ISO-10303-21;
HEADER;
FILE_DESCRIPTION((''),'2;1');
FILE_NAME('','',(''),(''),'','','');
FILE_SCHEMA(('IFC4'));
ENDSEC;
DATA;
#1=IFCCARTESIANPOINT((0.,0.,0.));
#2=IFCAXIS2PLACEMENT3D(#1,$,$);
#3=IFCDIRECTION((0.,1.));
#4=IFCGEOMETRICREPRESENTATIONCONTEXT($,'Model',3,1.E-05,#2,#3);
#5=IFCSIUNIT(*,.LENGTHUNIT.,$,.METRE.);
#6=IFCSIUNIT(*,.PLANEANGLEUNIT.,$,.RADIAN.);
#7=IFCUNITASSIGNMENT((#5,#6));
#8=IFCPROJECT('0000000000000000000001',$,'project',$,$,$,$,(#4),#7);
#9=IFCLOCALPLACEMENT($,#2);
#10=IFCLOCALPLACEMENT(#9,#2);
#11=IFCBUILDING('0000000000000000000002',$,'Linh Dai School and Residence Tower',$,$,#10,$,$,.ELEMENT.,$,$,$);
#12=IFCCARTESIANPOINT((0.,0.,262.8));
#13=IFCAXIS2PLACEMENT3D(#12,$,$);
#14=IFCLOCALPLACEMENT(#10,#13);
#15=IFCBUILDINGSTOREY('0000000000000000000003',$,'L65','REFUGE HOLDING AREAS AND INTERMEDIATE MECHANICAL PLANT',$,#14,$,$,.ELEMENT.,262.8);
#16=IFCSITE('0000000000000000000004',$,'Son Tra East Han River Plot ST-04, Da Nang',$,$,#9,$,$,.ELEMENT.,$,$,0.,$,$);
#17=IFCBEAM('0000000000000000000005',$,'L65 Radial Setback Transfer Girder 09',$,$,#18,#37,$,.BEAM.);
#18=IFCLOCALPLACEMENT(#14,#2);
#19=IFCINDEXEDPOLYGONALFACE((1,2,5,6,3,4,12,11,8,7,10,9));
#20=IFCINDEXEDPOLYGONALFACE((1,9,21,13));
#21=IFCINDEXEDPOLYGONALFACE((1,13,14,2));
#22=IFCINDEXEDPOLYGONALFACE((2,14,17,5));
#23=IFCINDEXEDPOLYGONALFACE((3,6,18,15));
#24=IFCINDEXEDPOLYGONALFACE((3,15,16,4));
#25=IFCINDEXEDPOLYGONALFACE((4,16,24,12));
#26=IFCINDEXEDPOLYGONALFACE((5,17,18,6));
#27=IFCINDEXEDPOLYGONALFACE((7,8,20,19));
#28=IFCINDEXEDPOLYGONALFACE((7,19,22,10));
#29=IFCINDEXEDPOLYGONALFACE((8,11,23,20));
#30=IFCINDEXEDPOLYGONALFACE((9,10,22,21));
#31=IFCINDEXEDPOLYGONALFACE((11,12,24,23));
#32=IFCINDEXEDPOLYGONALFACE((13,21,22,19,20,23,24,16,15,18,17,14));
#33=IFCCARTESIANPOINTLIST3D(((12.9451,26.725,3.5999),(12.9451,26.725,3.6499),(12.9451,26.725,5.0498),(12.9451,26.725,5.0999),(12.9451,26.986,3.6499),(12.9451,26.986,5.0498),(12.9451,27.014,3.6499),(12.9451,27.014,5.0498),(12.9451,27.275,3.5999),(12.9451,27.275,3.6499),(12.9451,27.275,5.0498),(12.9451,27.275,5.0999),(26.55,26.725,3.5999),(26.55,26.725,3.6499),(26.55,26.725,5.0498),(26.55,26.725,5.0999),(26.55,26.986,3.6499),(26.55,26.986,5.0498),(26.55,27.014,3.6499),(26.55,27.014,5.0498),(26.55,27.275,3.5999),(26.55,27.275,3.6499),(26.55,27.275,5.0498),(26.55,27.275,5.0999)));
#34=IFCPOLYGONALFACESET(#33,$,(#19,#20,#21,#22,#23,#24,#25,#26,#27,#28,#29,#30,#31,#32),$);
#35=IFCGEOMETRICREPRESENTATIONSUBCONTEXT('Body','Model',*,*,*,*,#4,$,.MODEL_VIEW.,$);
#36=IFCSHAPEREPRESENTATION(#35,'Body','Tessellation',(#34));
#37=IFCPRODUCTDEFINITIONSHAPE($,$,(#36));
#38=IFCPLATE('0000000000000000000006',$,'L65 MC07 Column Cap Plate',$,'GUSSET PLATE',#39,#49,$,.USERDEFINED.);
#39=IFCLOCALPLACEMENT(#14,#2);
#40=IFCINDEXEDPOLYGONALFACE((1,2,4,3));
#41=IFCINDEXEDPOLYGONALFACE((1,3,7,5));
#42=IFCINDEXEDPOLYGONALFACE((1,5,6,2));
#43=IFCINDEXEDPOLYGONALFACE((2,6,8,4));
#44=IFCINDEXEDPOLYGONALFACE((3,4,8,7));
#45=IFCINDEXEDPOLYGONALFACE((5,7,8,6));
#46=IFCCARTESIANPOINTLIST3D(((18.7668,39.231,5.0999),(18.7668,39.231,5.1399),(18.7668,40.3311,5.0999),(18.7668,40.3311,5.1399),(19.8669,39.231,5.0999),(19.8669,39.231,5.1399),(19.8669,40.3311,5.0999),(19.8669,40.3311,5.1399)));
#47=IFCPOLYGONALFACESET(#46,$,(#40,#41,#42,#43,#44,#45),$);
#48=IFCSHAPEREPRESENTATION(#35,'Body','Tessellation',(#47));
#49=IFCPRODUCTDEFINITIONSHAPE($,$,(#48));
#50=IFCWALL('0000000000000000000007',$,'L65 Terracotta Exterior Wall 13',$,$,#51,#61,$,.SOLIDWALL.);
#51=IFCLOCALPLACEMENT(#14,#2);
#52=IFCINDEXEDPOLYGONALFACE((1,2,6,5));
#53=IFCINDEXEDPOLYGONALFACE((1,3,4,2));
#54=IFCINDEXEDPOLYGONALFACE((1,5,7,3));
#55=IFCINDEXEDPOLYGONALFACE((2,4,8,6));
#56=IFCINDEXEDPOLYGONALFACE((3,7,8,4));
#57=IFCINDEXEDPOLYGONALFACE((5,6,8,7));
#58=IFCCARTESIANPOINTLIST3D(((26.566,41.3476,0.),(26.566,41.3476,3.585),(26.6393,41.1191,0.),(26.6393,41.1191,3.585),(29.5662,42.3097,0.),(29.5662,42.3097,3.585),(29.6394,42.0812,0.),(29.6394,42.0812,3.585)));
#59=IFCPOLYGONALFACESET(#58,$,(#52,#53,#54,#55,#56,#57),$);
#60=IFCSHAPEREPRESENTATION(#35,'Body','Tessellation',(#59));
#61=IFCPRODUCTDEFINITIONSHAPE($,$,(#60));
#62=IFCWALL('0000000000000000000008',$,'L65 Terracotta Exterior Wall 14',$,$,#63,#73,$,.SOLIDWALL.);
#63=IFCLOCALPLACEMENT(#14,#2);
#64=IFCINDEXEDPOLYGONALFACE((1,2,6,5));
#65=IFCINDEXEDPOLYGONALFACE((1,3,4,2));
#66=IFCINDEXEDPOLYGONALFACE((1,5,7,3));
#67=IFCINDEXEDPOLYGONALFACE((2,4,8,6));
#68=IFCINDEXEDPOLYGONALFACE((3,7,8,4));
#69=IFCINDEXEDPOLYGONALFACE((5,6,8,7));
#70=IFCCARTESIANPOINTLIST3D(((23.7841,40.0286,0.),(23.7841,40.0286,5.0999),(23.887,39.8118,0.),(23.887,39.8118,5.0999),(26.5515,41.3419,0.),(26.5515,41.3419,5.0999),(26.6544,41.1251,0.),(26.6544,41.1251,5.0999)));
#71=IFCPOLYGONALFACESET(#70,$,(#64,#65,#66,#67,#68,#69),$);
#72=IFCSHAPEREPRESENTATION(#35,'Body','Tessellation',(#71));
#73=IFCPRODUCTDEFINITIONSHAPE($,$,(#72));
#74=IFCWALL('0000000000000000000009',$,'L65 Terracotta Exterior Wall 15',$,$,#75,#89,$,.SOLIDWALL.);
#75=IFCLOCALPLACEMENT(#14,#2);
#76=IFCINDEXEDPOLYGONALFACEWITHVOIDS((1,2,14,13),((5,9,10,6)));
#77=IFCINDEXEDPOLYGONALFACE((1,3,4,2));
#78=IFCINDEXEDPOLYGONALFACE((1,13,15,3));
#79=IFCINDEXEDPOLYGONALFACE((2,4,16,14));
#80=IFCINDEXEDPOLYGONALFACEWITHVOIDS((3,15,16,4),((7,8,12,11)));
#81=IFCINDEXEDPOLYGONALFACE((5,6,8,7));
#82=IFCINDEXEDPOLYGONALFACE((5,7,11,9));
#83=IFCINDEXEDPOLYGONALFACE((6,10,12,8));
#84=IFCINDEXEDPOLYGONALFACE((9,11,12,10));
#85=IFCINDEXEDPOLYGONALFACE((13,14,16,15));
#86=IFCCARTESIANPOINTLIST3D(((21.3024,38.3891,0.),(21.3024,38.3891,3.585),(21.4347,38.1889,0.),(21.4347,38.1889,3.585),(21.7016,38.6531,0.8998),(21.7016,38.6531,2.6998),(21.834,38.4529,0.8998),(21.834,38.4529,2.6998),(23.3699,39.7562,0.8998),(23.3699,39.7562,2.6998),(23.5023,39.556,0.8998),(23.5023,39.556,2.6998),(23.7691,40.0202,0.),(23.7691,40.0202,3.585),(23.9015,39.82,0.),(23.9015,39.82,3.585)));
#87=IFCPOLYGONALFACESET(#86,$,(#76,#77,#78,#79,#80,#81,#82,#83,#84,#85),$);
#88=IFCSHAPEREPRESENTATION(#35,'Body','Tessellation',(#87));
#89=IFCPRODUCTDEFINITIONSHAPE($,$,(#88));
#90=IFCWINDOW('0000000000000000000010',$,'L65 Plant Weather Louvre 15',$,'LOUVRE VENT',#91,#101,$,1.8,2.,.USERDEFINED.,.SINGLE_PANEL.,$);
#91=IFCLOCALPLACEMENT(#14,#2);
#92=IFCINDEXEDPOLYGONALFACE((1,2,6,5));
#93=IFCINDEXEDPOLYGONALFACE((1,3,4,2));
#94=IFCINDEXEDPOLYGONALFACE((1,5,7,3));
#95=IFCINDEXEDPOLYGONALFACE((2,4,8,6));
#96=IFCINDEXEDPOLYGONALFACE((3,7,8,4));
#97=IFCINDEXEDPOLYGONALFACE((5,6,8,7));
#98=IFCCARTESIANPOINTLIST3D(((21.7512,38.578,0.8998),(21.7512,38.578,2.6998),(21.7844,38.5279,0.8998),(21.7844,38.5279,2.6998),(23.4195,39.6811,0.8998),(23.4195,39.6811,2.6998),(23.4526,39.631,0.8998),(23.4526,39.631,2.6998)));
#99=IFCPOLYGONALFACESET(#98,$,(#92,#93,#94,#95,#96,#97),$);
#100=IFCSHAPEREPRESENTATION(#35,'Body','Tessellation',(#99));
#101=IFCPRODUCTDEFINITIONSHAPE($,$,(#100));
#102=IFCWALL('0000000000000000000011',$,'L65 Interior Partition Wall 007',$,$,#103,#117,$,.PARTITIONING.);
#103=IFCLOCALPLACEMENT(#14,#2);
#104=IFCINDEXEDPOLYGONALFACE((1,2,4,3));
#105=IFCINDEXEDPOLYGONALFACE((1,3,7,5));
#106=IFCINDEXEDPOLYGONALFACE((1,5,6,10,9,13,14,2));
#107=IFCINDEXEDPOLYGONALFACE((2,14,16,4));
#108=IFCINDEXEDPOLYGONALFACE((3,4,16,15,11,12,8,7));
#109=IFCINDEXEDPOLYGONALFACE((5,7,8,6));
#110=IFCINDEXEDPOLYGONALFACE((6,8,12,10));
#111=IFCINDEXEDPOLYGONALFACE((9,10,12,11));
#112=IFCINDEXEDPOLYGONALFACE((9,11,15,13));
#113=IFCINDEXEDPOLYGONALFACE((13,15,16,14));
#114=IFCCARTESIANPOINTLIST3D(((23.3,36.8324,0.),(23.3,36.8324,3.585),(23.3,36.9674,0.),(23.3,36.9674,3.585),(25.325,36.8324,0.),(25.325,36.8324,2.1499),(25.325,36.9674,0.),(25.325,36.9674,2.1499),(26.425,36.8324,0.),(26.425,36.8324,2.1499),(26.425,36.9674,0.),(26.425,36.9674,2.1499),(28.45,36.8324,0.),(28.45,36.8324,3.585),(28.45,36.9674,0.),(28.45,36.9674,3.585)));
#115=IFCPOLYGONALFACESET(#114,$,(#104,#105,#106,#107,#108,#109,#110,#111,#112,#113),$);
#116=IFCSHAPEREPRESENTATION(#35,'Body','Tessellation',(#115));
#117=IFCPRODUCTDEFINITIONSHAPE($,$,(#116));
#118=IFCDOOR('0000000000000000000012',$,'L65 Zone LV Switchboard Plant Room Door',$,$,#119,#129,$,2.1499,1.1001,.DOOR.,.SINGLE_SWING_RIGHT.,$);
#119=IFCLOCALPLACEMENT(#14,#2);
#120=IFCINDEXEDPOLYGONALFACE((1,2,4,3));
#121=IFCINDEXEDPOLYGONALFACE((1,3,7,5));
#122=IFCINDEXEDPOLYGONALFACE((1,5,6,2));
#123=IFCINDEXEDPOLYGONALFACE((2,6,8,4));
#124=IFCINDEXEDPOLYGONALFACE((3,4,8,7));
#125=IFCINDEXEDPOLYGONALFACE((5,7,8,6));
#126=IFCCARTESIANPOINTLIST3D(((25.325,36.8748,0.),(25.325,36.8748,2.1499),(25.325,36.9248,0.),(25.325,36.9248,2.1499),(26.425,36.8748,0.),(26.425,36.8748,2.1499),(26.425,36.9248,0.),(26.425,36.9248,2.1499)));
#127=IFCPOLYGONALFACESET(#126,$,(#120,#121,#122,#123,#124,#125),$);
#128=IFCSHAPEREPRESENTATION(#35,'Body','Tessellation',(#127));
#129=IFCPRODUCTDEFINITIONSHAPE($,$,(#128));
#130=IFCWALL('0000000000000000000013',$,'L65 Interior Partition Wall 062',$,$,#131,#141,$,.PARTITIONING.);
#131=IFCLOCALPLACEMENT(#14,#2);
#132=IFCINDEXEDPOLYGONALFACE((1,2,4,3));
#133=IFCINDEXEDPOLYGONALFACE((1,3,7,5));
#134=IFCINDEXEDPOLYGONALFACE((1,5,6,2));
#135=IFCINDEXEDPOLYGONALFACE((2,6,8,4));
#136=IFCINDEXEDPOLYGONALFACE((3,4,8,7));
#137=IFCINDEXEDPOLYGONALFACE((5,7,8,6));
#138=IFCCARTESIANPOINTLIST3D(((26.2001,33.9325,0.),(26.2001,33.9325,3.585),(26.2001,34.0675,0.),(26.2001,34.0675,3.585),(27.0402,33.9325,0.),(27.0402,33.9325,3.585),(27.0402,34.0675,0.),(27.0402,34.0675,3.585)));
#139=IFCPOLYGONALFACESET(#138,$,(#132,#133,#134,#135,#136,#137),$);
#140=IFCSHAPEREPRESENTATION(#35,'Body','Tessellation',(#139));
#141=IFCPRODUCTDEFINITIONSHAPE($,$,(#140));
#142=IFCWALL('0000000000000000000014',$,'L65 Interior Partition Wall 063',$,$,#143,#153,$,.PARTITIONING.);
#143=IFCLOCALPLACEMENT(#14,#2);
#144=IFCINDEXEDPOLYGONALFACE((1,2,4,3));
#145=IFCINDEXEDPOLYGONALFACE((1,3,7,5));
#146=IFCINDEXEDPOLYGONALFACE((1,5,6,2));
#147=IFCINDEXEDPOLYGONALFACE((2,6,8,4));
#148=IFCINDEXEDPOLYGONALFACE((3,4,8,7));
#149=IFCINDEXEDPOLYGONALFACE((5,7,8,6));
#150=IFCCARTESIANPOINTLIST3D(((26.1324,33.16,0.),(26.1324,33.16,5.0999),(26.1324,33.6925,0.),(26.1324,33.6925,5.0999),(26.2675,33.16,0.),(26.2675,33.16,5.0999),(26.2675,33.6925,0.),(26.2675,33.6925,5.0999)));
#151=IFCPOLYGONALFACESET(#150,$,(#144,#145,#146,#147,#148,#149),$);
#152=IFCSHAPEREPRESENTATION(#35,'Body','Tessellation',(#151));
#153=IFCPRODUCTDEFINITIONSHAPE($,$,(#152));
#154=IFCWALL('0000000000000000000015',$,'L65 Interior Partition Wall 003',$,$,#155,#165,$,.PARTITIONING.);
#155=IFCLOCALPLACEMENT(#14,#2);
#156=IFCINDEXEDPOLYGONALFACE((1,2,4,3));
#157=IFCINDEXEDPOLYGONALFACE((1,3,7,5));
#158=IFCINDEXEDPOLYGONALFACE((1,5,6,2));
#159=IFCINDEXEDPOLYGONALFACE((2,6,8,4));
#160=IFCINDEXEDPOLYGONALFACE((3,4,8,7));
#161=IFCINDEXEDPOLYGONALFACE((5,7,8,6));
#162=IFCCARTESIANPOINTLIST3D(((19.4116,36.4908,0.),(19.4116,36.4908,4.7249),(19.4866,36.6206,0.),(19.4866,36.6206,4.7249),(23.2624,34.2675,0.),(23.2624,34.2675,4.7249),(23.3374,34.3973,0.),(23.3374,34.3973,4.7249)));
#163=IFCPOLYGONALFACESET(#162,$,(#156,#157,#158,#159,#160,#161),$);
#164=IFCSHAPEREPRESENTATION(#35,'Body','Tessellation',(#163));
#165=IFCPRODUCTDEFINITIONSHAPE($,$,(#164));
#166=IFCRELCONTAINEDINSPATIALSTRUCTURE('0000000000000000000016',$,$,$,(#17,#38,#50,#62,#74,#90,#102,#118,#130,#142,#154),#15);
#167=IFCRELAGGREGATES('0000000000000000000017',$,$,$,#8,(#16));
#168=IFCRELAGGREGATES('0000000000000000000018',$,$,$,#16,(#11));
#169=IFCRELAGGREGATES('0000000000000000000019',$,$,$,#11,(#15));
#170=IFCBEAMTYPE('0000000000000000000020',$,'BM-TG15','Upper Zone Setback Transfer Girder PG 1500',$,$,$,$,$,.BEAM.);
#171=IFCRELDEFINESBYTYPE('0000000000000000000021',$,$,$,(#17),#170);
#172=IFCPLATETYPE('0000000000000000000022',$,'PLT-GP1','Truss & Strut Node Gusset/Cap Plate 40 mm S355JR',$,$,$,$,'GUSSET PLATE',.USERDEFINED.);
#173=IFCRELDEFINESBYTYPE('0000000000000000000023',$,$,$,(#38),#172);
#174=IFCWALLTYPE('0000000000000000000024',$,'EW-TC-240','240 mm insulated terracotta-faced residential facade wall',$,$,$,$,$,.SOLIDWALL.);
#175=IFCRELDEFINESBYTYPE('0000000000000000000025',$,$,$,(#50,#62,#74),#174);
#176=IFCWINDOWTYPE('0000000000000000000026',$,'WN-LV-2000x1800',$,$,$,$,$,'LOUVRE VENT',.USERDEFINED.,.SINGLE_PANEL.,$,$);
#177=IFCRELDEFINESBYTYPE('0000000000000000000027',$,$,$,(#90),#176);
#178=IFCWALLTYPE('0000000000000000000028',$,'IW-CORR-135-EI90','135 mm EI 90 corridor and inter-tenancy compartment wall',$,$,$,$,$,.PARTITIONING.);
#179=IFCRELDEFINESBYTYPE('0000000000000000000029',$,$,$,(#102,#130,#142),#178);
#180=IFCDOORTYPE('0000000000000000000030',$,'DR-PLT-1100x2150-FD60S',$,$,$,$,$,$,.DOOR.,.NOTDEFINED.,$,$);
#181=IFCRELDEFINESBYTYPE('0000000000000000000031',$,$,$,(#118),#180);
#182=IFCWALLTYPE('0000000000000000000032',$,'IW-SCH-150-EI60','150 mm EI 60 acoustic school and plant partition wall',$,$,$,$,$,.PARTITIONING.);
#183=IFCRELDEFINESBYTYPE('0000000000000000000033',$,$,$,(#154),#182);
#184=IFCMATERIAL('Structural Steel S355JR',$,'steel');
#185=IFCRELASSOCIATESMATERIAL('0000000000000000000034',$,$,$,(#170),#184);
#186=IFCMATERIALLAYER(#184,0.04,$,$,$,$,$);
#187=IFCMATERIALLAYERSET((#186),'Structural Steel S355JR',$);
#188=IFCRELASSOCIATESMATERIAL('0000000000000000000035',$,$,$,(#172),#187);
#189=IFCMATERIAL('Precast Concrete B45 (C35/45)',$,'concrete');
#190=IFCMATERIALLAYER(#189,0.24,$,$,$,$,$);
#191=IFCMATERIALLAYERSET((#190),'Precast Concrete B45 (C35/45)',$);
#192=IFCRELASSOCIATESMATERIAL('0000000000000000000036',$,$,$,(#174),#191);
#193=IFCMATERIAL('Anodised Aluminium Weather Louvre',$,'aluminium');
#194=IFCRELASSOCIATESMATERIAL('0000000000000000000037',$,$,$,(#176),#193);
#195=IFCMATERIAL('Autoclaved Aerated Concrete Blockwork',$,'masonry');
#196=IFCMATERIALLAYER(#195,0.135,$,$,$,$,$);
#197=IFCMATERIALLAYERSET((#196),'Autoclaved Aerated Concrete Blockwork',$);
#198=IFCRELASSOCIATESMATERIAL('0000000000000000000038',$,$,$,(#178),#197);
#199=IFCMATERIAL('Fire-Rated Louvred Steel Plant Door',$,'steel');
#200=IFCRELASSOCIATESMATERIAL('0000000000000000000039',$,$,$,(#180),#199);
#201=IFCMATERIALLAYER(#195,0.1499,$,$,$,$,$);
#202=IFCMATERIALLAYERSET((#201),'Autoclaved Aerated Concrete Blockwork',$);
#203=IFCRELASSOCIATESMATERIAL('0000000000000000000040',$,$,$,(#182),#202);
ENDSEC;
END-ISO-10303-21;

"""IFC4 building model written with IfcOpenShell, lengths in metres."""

from ifc_helpers import new_model, si_unit, direction, frame, frame_2d, origin, origin_2d, place, context, subcontext, project, spatial, rectangle, i_section, extrude, source, transform, mapped, material, layer, layer_set, material_profile, profile_set, type_object, element, fill, save


model = new_model("IFC4")

# Units and contexts
model_context = context("Model", 3, precision=1e-05, world=origin(), true_north=direction((0.0, 1.0)))
body_context = subcontext(model_context, "Body", "Model", "MODEL_VIEW")
ifc_project = project(units=[si_unit("LENGTHUNIT", "METRE"), si_unit("PLANEANGLEUNIT", "RADIAN")], contexts=[model_context])

# Site, building, storey
site_placement = place(None, origin())
site = spatial("IfcSite", under=ifc_project, at=site_placement, Name="Son Tra East Han River Plot ST-04, Da Nang", CompositionType="ELEMENT", RefElevation=0.0)
building_placement = place(site_placement, origin())
building = spatial("IfcBuilding", under=site, at=building_placement, Name="Linh Dai School and Residence Tower", CompositionType="ELEMENT")
storey_placement = place(building_placement, frame((0.0, 0.0, 262.8)))
storey = spatial("IfcBuildingStorey", under=building, at=storey_placement, Name="L65", Description="REFUGE HOLDING AREAS AND INTERMEDIATE MECHANICAL PLANT", CompositionType="ELEMENT", Elevation=262.8)

# Beam
ifc_material_1 = material(Name="Structural Steel S355JR", Category="steel")
ifc_material_profile_1 = material_profile(ifc_material_1, i_section(OverallWidth=0.55, OverallDepth=1.5, WebThickness=0.0281, FlangeThickness=0.05, at=origin_2d()), Name="PG 1500x550x28x50")
ifc_profile_set_1 = profile_set([ifc_material_profile_1], Name="Structural Steel S355JR")
beam_type_1 = type_object("IfcBeamType", Name="BM-TG15", Description="Upper Zone Setback Transfer Girder PG 1500", PredefinedType="BEAM", material=ifc_profile_set_1)
beam_1_placement = place(storey_placement, frame((26.55, 27.0, 4.3499), z_axis=(-1.0, 0.0, 0.0), x_axis=(0.0, -1.0, 0.0)))
element("IfcBeam", 1, at=beam_1_placement, inside=storey, type_object=beam_type_1, Name="L65 Radial Setback Transfer Girder 09", PredefinedType="BEAM", context=body_context, shape_type="SweptSolid", body=[
    extrude(i_section(OverallWidth=0.55, OverallDepth=1.5, WebThickness=0.0281, FlangeThickness=0.05, at=origin_2d()), origin(), (0.0, 0.0, 1.0), 13.605),
])

# Plate
ifc_layer_1 = layer(ifc_material_1, 0.04)
ifc_layer_set_1 = layer_set([ifc_layer_1], Name="Structural Steel S355JR")
plate_type = type_object("IfcPlateType", Name="PLT-GP1", Description="Truss & Strut Node Gusset/Cap Plate 40 mm S355JR", ElementType="GUSSET PLATE", PredefinedType="USERDEFINED", material=ifc_layer_set_1)
shared_shape_1 = source(origin(), body_context, "Body", "SweptSolid", [
    extrude(rectangle(XDim=1.1001, YDim=1.1001, at=origin_2d()), origin(), (0.0, 0.0, 1.0), 0.04),
])
plate_placement = place(storey_placement, frame((19.3169, 39.781, 5.0999), z_axis=(0.0, 0.0, 1.0), x_axis=(1.0, 0.0, 0.0)))
element("IfcPlate", 2, at=plate_placement, inside=storey, type_object=plate_type, Name="L65 MC07 Column Cap Plate", ObjectType="GUSSET PLATE", PredefinedType="USERDEFINED", context=body_context, shape_type="MappedRepresentation", body=[
    mapped(shared_shape_1, transform((0.0, 0.0, 0.0), x_axis=(1.0, 0.0, 0.0), y_axis=(0.0, 1.0, 0.0), z_axis=(0.0, 0.0, 1.0), scale=1.0)),
])

# Walls
ifc_material_2 = material(Name="Precast Concrete B45 (C35/45)", Category="concrete")
ifc_layer_2 = layer(ifc_material_2, 0.24)
ifc_layer_set_2 = layer_set([ifc_layer_2], Name="Precast Concrete B45 (C35/45)")
wall_type_1 = type_object("IfcWallType", Name="EW-TC-240", Description="240 mm insulated terracotta-faced residential facade wall", PredefinedType="SOLIDWALL", material=ifc_layer_set_2)
wall_1_placement = place(storey_placement, frame((26.6028, 41.2334, 0.0), z_axis=(0.0, 0.0, 1.0), x_axis=(0.952232, 0.305375, 0.0)))
element("IfcWall", 3, at=wall_1_placement, inside=storey, type_object=wall_type_1, Name="L65 Terracotta Exterior Wall 13", PredefinedType="SOLIDWALL", context=body_context, shape_type="SweptSolid", body=[
    extrude(rectangle(XDim=3.1506, YDim=0.24, at=frame_2d((1.5752, 0.0))), origin(), (0.0, 0.0, 1.0), 3.585),
])
wall_2_placement = place(storey_placement, frame((23.8354, 39.9202, 0.0), z_axis=(0.0, 0.0, 1.0), x_axis=(0.903436, 0.428724, 0.0)))
element("IfcWall", 4, at=wall_2_placement, inside=storey, type_object=wall_type_1, Name="L65 Terracotta Exterior Wall 14", PredefinedType="SOLIDWALL", context=body_context, shape_type="SweptSolid", body=[
    extrude(rectangle(XDim=3.0632, YDim=0.24, at=frame_2d((1.5317, 0.0))), origin(), (0.0, 0.0, 1.0), 5.0999),
])

# Wall, opening, window
wall_3_placement = place(storey_placement, frame((21.3687, 38.2891, 0.0), z_axis=(0.0, 0.0, 1.0), x_axis=(0.83414, 0.551553, 0.0)))
wall_3 = element("IfcWall", 5, at=wall_3_placement, inside=storey, type_object=wall_type_1, Name="L65 Terracotta Exterior Wall 15", PredefinedType="SOLIDWALL", context=body_context, shape_type="SweptSolid", body=[
    extrude(rectangle(XDim=2.9573, YDim=0.24, at=frame_2d((1.4785, 0.0))), origin(), (0.0, 0.0, 1.0), 3.585),
])
opening_1_placement = place(wall_3_placement, frame((0.4785, 0.0, 0.8999)))
opening_1 = element("IfcOpeningElement", 6, at=opening_1_placement, cuts=wall_3, PredefinedType="OPENING", context=body_context, shape_type="SweptSolid", body=[
    extrude(rectangle(XDim=2.0, YDim=1.8, at=origin_2d()), frame((1.0, 0.1299, 0.8999), z_axis=(0.0, -1.0, 0.0), x_axis=(1.0, 0.0, 0.0)), (0.0, 0.0, 1.0), 0.26),
])
ifc_material_3 = material(Name="Anodised Aluminium Weather Louvre", Category="aluminium")
window_type = type_object("IfcWindowType", Name="WN-LV-2000x1800", ElementType="LOUVRE VENT", PartitioningType="SINGLE_PANEL", PredefinedType="USERDEFINED", material=ifc_material_3)
shared_shape_2 = source(origin(), body_context, "Body", "SweptSolid", [
    extrude(rectangle(XDim=2.0, YDim=1.8, at=origin_2d()), frame((1.0, 0.03, 0.8999), z_axis=(0.0, -1.0, 0.0), x_axis=(1.0, 0.0, 0.0)), (0.0, 0.0, 1.0), 0.0601),
])
window_placement = place(opening_1_placement, origin())
window = element("IfcWindow", 7, at=window_placement, inside=storey, type_object=window_type, Name="L65 Plant Weather Louvre 15", ObjectType="LOUVRE VENT", OverallHeight=1.8, OverallWidth=2.0, PartitioningType="SINGLE_PANEL", PredefinedType="USERDEFINED", context=body_context, shape_type="MappedRepresentation", body=[
    mapped(shared_shape_2, transform((0.0, 0.0, 0.0), x_axis=(1.0, 0.0, 0.0), y_axis=(0.0, 1.0, 0.0), z_axis=(0.0, 0.0, 1.0), scale=1.0)),
])
fill(opening_1, window)

# Wall, opening, door
ifc_material_4 = material(Name="Autoclaved Aerated Concrete Blockwork", Category="masonry")
ifc_layer_3 = layer(ifc_material_4, 0.135)
ifc_layer_set_3 = layer_set([ifc_layer_3], Name="Autoclaved Aerated Concrete Blockwork")
wall_type_2 = type_object("IfcWallType", Name="IW-CORR-135-EI90", Description="135 mm EI 90 corridor and inter-tenancy compartment wall", PredefinedType="PARTITIONING", material=ifc_layer_set_3)
wall_4_placement = place(storey_placement, frame((23.3, 36.8999, 0.0), z_axis=(0.0, 0.0, 1.0), x_axis=(1.0, 0.0, 0.0)))
wall_4 = element("IfcWall", 8, at=wall_4_placement, inside=storey, type_object=wall_type_2, Name="L65 Interior Partition Wall 007", PredefinedType="PARTITIONING", context=body_context, shape_type="SweptSolid", body=[
    extrude(rectangle(XDim=5.1499, YDim=0.135, at=frame_2d((2.575, 0.0))), origin(), (0.0, 0.0, 1.0), 3.585),
])
opening_2_placement = place(wall_4_placement, frame((2.0249, 0.0, 0.0)))
opening_2 = element("IfcOpeningElement", 9, at=opening_2_placement, cuts=wall_4, PredefinedType="OPENING", context=body_context, shape_type="SweptSolid", body=[
    extrude(rectangle(XDim=1.1001, YDim=2.1499, at=origin_2d()), frame((0.55, 0.0776, 1.075), z_axis=(0.0, -1.0, 0.0), x_axis=(1.0, 0.0, 0.0)), (0.0, 0.0, 1.0), 0.155),
])
ifc_material_5 = material(Name="Fire-Rated Louvred Steel Plant Door", Category="steel")
door_type_1 = type_object("IfcDoorType", Name="DR-PLT-1100x2150-FD60S", OperationType="NOTDEFINED", PredefinedType="DOOR", material=ifc_material_5)
shared_shape_3 = source(origin(), body_context, "Body", "SweptSolid", [
    extrude(rectangle(XDim=1.1001, YDim=2.1499, at=origin_2d()), frame((0.55, 0.0249, 1.075), z_axis=(0.0, -1.0, 0.0), x_axis=(1.0, 0.0, 0.0)), (0.0, 0.0, 1.0), 0.05),
])
door_1_placement = place(opening_2_placement, origin())
door_1 = element("IfcDoor", 10, at=door_1_placement, inside=storey, type_object=door_type_1, Name="L65 Zone LV Switchboard Plant Room Door", OperationType="SINGLE_SWING_RIGHT", OverallHeight=2.1499, OverallWidth=1.1001, PredefinedType="DOOR", context=body_context, shape_type="MappedRepresentation", body=[
    mapped(shared_shape_3, transform((0.0, 0.0, 0.0), x_axis=(1.0, 0.0, 0.0), y_axis=(0.0, 1.0, 0.0), z_axis=(0.0, 0.0, 1.0), scale=1.0)),
])
fill(opening_2, door_1)

# Walls
wall_5_placement = place(storey_placement, frame((27.04, 34.0, 0.0), z_axis=(0.0, 0.0, 1.0), x_axis=(-1.0, 0.0, 0.0)))
element("IfcWall", 11, at=wall_5_placement, inside=storey, type_object=wall_type_2, Name="L65 Interior Partition Wall 062", PredefinedType="PARTITIONING", context=body_context, shape_type="SweptSolid", body=[
    extrude(rectangle(XDim=0.8401, YDim=0.135, at=frame_2d((0.4199, 0.0))), origin(), (0.0, 0.0, 1.0), 3.585),
])
wall_6_placement = place(storey_placement, frame((26.2, 33.6924, 0.0), z_axis=(0.0, 0.0, 1.0), x_axis=(0.0, -1.0, 0.0)))
element("IfcWall", 12, at=wall_6_placement, inside=storey, type_object=wall_type_2, Name="L65 Interior Partition Wall 063", PredefinedType="PARTITIONING", context=body_context, shape_type="SweptSolid", body=[
    extrude(rectangle(XDim=0.5325, YDim=0.135, at=frame_2d((0.2661, 0.0))), origin(), (0.0, 0.0, 1.0), 5.0999),
])
ifc_layer_4 = layer(ifc_material_4, 0.1499)
ifc_layer_set_4 = layer_set([ifc_layer_4], Name="Autoclaved Aerated Concrete Blockwork")
wall_type_3 = type_object("IfcWallType", Name="IW-SCH-150-EI60", Description="150 mm EI 60 acoustic school and plant partition wall", PredefinedType="PARTITIONING", material=ifc_layer_set_4)
wall_7_placement = place(storey_placement, frame((19.4492, 36.5557, 0.0), z_axis=(0.0, 0.0, 1.0), x_axis=(0.866015, -0.500019, 0.0)))
element("IfcWall", 13, at=wall_7_placement, inside=storey, type_object=wall_type_3, Name="L65 Interior Partition Wall 003", PredefinedType="PARTITIONING", context=body_context, shape_type="SweptSolid", body=[
    extrude(rectangle(XDim=4.4465, YDim=0.1499, at=frame_2d((2.2231, 0.0))), origin(), (0.0, 0.0, 1.0), 4.7249),
])

save(model, "model.ifc")
